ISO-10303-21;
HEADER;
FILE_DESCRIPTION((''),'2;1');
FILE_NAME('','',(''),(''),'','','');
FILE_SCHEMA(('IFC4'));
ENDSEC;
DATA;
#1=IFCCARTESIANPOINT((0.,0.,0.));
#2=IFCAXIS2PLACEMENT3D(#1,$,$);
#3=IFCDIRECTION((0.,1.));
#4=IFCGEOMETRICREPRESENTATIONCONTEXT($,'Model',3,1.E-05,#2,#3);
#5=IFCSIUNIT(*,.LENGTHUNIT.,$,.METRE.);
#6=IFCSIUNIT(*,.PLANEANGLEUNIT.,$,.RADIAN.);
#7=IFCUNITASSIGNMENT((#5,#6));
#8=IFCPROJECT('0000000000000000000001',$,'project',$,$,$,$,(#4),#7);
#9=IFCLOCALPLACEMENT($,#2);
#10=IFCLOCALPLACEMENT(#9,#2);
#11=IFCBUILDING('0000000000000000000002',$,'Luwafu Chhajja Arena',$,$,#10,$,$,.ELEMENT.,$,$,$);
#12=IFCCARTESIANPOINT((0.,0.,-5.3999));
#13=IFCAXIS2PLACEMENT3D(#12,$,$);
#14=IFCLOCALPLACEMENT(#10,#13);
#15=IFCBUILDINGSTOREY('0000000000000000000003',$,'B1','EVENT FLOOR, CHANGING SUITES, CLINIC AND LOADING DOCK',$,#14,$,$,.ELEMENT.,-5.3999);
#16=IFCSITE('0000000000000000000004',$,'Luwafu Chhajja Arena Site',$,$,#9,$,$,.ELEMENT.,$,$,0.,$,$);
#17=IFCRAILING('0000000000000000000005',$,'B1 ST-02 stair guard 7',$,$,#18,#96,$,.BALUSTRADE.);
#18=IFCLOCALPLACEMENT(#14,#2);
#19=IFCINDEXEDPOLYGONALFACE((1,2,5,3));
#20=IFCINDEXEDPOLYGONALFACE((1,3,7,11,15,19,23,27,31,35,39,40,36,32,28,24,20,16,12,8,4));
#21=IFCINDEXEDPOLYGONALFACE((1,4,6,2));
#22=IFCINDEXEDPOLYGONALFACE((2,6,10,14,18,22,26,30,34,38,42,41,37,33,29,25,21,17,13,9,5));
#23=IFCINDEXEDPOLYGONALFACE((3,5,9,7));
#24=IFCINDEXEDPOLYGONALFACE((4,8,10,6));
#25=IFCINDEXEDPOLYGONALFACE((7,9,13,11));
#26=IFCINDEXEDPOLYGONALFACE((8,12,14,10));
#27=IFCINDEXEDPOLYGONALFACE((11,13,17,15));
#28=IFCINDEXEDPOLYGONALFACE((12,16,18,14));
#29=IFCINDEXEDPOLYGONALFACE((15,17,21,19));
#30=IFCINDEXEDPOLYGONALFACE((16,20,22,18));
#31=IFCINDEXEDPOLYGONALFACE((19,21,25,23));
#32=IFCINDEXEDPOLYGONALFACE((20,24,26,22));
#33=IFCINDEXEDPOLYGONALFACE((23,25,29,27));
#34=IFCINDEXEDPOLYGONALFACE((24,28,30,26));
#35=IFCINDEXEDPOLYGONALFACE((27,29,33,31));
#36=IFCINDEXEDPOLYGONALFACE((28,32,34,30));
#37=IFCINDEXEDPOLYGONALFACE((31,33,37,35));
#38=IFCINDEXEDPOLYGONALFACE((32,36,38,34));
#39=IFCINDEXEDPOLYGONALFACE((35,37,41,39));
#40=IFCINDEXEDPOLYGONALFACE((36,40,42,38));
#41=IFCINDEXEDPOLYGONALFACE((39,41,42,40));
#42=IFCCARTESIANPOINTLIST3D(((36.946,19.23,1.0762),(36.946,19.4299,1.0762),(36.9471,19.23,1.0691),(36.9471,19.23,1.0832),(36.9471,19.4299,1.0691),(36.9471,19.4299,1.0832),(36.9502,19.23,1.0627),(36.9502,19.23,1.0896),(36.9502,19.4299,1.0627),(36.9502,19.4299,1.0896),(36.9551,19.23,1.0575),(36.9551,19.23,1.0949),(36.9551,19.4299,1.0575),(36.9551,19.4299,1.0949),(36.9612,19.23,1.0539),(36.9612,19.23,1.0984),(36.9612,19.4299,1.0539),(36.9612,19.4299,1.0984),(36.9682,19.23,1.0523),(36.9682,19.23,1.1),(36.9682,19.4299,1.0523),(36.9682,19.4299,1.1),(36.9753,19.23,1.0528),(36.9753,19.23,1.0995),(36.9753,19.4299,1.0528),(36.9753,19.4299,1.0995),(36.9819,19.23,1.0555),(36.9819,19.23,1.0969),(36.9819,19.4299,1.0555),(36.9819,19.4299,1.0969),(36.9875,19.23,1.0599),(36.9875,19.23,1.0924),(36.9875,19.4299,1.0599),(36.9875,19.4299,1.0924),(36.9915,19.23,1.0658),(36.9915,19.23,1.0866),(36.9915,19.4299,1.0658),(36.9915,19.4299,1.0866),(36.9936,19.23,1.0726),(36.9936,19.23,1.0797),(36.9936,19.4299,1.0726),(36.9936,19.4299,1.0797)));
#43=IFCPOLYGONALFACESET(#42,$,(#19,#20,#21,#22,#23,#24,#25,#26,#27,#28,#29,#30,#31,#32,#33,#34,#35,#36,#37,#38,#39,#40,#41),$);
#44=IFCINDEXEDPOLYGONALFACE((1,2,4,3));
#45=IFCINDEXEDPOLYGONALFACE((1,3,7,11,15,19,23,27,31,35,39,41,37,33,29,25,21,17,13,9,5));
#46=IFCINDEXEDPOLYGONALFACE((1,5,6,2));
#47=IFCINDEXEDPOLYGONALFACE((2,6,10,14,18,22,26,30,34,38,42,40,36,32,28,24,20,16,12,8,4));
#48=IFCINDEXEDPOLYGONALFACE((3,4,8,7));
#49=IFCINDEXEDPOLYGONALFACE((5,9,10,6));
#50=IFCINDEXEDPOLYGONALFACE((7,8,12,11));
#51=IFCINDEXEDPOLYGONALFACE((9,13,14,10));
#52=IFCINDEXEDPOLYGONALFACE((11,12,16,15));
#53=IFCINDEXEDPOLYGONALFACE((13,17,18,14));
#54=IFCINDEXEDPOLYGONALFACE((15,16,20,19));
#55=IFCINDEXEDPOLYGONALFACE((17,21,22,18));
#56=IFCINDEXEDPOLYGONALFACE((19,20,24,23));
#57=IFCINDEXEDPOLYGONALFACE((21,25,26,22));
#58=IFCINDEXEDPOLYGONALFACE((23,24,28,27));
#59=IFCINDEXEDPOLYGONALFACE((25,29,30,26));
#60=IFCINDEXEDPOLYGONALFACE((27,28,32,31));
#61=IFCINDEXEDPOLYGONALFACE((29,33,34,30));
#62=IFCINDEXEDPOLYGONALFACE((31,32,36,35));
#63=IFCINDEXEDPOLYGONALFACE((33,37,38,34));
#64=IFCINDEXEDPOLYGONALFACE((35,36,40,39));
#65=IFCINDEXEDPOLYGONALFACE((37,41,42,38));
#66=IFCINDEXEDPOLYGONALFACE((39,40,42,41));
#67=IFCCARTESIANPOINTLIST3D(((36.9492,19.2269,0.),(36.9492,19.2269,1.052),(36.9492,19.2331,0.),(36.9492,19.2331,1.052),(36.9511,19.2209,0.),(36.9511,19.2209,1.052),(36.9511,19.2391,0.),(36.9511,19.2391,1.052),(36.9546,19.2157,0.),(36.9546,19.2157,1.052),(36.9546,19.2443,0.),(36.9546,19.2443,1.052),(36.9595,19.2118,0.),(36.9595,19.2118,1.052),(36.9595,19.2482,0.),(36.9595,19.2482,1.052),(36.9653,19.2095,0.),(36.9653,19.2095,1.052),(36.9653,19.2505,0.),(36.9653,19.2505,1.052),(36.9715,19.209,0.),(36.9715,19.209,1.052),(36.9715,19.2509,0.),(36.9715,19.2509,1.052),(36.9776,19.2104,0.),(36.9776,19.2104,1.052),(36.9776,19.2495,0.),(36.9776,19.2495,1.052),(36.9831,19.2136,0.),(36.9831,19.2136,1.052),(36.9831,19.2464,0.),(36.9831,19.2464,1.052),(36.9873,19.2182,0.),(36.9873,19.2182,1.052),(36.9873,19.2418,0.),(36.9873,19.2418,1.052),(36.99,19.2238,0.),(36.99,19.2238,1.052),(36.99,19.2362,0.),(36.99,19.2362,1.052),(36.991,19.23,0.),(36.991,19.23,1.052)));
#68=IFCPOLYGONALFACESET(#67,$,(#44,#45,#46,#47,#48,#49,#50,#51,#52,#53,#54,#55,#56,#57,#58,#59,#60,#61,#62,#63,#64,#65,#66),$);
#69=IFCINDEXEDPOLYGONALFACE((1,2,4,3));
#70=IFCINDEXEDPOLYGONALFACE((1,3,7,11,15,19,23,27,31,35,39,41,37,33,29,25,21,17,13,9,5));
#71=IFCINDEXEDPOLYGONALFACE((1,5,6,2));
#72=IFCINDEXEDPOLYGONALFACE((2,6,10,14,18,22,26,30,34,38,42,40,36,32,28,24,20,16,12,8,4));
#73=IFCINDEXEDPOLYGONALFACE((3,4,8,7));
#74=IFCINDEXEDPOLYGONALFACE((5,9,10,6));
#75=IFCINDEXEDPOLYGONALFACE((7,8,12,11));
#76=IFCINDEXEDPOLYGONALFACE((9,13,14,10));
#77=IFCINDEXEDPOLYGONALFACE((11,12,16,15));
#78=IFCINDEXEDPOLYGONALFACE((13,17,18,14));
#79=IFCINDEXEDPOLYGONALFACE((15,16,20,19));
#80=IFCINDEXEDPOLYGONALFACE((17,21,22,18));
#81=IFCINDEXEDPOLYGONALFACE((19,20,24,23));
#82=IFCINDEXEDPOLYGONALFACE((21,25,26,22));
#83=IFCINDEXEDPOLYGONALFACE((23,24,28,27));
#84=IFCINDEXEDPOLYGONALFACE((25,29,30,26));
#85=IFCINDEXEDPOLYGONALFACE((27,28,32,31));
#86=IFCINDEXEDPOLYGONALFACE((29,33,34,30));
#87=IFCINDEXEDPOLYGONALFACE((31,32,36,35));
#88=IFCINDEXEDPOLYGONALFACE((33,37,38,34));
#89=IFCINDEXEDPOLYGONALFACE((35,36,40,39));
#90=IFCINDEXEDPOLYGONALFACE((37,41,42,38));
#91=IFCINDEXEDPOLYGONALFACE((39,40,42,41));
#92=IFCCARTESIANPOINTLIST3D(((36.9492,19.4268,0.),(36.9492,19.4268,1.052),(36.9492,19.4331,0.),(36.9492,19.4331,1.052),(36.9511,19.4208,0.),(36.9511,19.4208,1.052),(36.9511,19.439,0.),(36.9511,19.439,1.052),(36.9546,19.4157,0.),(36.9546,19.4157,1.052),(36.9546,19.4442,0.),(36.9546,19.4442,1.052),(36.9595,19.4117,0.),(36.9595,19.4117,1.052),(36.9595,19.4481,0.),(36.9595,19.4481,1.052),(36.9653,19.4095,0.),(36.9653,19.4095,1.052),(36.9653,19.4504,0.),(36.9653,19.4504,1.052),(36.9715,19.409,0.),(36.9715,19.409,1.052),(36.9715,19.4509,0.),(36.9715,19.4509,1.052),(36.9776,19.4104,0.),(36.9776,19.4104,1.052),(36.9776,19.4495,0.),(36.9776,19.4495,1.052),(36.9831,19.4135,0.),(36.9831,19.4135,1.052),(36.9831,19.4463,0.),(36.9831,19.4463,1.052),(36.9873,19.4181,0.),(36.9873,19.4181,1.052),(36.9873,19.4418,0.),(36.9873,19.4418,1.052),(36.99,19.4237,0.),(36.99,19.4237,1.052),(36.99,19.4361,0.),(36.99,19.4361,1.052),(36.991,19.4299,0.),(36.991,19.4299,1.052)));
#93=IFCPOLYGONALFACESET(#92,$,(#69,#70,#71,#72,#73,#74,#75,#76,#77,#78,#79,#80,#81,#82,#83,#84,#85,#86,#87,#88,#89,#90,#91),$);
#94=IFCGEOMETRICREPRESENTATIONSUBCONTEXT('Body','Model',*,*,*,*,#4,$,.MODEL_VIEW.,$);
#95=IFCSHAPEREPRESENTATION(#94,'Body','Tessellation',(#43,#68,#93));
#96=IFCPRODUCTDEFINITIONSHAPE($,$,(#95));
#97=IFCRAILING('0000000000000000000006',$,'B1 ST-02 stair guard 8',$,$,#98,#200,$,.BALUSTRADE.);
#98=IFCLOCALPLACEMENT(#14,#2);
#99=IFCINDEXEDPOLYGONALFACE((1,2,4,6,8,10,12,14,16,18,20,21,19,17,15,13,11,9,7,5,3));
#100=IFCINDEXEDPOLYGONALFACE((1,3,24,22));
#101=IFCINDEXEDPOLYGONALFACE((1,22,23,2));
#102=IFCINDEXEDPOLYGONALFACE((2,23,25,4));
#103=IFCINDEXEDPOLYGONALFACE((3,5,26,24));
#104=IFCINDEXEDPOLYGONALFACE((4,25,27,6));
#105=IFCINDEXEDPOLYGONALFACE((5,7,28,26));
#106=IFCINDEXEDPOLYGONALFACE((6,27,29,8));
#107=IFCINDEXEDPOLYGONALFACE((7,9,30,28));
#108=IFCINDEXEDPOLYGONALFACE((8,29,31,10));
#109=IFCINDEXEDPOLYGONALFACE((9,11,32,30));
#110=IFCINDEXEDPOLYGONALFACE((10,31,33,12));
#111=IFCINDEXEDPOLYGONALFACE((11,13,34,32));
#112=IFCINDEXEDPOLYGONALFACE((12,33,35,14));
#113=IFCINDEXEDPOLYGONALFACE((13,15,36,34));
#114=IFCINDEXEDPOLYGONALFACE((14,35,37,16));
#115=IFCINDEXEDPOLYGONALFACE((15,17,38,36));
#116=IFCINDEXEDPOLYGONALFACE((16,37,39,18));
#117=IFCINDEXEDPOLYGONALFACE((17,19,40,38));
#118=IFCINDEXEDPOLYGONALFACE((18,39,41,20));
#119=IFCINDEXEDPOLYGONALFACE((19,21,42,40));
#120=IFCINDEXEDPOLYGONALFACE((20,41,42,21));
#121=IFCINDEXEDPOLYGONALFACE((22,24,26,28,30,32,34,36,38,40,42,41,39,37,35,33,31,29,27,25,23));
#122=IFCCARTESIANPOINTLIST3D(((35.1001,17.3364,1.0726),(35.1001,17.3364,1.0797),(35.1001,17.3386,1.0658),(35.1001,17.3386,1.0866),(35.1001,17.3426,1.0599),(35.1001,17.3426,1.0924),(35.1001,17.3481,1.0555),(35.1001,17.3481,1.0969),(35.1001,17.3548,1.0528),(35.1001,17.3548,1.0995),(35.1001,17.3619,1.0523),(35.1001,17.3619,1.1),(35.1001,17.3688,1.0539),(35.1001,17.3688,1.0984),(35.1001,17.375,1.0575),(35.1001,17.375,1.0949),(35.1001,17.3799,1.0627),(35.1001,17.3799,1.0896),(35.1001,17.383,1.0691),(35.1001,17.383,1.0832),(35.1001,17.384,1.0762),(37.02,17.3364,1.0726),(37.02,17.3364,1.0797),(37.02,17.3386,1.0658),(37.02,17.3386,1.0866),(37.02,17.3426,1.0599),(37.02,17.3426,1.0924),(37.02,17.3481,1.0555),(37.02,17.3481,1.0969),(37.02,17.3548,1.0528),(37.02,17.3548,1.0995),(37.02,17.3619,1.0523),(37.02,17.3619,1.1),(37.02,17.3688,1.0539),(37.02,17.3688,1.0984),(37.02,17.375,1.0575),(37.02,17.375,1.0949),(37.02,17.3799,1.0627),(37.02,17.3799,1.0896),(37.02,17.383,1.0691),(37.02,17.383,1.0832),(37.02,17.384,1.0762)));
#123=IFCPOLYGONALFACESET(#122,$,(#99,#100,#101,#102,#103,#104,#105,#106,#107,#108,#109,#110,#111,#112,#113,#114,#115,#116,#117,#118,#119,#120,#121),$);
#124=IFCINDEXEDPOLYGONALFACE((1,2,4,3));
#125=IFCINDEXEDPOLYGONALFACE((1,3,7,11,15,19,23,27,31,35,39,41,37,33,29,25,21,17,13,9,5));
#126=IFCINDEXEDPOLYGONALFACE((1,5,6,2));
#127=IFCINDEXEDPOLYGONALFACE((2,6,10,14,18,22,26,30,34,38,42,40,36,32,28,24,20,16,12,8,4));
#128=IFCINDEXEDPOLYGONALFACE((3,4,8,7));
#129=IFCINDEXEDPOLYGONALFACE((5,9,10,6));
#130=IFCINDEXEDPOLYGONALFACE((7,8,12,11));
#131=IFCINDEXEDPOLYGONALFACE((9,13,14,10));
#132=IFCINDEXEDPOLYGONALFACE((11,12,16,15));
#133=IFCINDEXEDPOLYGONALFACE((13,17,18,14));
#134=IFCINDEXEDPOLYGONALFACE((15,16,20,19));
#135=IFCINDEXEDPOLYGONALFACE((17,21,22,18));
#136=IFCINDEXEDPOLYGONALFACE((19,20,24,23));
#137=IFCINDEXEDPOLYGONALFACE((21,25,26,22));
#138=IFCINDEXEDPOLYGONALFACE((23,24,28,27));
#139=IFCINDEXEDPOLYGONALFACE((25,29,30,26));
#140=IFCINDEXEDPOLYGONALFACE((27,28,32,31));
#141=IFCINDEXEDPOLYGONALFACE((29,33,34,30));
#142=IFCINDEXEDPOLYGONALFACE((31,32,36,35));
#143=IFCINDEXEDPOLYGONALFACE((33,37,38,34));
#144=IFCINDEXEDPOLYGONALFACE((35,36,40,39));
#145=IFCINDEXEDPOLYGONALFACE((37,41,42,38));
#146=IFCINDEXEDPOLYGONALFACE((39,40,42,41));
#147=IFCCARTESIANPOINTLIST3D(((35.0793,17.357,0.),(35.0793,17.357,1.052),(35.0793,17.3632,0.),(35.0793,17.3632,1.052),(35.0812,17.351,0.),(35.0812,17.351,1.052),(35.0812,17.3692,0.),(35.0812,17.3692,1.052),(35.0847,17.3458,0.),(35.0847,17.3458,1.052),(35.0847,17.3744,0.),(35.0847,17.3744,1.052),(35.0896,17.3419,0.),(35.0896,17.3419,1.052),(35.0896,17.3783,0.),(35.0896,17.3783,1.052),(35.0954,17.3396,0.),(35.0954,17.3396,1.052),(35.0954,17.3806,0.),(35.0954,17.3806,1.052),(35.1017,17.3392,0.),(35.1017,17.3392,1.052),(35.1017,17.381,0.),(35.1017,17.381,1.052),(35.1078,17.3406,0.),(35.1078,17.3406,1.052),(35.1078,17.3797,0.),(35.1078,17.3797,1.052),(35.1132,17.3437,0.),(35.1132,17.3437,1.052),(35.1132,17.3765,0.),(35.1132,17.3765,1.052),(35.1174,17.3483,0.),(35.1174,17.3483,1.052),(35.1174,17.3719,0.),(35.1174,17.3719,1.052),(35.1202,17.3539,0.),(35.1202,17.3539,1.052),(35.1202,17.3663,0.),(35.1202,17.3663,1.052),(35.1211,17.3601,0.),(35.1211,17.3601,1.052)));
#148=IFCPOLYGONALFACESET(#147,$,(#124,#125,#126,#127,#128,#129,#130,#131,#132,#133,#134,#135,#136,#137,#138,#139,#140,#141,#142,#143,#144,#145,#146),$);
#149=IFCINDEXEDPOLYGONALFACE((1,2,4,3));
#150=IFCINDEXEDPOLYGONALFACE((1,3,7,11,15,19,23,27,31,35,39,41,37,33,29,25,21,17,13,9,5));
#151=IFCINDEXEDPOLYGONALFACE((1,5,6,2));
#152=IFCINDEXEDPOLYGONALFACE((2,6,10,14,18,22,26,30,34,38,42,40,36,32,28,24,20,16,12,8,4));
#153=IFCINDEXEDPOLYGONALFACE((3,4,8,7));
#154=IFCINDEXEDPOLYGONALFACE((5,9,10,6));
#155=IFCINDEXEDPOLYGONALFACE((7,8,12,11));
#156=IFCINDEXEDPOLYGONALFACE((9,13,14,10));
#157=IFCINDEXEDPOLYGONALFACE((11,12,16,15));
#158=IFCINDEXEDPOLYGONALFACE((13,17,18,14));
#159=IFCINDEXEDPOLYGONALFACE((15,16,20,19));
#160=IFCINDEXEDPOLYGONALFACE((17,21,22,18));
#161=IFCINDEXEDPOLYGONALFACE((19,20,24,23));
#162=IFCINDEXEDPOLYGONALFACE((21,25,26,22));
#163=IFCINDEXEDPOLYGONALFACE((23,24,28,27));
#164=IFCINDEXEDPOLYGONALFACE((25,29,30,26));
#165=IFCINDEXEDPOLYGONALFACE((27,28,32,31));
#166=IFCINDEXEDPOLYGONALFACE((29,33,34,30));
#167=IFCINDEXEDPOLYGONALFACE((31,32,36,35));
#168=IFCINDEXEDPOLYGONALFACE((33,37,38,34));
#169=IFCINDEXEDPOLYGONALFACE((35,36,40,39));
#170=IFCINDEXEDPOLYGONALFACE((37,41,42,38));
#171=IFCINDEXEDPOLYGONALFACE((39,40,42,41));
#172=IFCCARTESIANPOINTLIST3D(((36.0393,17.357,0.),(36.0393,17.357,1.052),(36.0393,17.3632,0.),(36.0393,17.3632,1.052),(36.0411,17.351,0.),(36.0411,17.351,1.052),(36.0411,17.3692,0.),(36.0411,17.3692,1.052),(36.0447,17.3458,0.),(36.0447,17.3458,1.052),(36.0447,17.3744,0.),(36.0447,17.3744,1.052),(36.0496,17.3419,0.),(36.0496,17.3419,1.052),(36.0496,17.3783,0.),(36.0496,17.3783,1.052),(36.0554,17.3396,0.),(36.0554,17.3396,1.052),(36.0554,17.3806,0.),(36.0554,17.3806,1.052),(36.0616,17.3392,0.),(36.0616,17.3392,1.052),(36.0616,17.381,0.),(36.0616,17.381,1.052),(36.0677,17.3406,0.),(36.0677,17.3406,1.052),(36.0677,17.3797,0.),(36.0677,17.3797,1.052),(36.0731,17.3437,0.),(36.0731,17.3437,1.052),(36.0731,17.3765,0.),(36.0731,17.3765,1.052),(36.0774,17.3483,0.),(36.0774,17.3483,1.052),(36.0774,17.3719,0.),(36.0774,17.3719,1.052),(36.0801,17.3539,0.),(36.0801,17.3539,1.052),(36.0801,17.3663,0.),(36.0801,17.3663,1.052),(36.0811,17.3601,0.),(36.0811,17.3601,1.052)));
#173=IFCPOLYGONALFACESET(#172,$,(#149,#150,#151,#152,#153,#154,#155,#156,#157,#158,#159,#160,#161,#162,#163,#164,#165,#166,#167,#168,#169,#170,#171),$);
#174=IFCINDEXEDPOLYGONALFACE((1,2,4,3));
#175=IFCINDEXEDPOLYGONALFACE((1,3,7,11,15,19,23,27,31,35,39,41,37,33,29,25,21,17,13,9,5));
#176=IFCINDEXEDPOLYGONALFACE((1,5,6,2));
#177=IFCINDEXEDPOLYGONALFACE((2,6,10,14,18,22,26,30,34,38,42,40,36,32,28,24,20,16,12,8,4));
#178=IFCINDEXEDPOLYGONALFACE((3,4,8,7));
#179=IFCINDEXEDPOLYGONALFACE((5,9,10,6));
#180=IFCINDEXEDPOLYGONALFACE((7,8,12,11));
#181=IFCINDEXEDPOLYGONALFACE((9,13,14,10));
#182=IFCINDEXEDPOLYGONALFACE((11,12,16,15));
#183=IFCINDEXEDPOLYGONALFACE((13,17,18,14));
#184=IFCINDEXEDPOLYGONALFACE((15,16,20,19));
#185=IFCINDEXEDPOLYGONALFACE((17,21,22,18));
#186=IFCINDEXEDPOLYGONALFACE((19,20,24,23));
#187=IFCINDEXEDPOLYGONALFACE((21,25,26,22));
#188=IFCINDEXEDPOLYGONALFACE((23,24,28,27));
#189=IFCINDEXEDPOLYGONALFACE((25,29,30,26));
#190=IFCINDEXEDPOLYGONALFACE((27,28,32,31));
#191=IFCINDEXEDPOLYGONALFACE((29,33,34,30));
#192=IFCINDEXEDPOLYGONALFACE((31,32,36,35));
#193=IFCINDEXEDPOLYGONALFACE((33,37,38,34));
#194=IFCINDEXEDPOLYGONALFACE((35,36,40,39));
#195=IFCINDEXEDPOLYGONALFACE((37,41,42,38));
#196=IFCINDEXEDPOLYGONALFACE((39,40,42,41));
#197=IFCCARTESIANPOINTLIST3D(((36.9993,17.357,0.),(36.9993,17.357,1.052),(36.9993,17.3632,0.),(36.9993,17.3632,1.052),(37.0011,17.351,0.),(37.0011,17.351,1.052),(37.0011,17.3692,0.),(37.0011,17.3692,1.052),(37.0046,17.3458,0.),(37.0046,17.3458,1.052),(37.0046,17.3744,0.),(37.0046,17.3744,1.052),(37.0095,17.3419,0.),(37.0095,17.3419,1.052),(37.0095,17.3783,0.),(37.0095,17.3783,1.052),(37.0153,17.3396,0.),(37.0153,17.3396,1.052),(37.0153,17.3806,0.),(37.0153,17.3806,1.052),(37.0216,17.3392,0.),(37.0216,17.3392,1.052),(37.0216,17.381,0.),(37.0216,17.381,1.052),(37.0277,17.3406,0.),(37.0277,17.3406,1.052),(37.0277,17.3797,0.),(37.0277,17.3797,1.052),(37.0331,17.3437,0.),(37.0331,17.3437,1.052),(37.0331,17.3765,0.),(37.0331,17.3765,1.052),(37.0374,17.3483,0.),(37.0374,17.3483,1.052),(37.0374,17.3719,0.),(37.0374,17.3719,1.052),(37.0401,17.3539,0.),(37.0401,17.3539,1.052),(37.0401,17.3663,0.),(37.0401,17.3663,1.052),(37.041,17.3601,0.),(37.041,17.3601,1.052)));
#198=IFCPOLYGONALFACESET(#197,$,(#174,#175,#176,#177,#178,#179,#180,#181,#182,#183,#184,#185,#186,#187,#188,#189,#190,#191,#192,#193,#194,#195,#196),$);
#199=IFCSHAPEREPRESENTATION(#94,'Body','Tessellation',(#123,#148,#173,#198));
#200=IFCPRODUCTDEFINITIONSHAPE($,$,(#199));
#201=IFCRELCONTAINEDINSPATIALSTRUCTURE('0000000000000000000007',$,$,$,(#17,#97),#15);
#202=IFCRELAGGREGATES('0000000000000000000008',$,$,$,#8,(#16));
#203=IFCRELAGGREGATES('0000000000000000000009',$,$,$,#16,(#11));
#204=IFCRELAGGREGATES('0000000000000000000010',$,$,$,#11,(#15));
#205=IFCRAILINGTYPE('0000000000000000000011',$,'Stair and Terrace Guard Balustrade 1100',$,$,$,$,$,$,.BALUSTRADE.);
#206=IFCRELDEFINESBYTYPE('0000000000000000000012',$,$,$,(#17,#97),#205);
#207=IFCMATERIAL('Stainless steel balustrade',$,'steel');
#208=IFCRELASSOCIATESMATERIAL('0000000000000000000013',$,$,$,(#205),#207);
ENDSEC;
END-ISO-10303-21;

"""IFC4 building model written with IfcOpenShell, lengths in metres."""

from ifc_helpers import new_model, si_unit, direction, frame, origin, origin_2d, place, context, subcontext, project, spatial, circle, extrude, material, type_object, element, save


model = new_model("IFC4")

# Units and contexts
model_context = context("Model", 3, precision=1e-05, world=origin(), true_north=direction((0.0, 1.0)))
body_context = subcontext(model_context, "Body", "Model", "MODEL_VIEW")
ifc_project = project(units=[si_unit("LENGTHUNIT", "METRE"), si_unit("PLANEANGLEUNIT", "RADIAN")], contexts=[model_context])

# Site, building, storey
site_placement = place(None, origin())
site = spatial("IfcSite", under=ifc_project, at=site_placement, Name="Luwafu Chhajja Arena Site", CompositionType="ELEMENT", RefElevation=0.0)
building_placement = place(site_placement, origin())
building = spatial("IfcBuilding", under=site, at=building_placement, Name="Luwafu Chhajja Arena", CompositionType="ELEMENT")
storey_placement = place(building_placement, frame((0.0, 0.0, -5.3999)))
storey = spatial("IfcBuildingStorey", under=building, at=storey_placement, Name="B1", Description="EVENT FLOOR, CHANGING SUITES, CLINIC AND LOADING DOCK", CompositionType="ELEMENT", Elevation=-5.3999)

# Railings
ifc_material_1 = material(Name="Stainless steel balustrade", Category="steel")
railing_type_1 = type_object("IfcRailingType", Name="Stair and Terrace Guard Balustrade 1100", PredefinedType="BALUSTRADE", material=ifc_material_1)
railing_1_placement = place(storey_placement, frame((36.97, 19.23, 0.0)))
element("IfcRailing", 1, at=railing_1_placement, inside=storey, type_object=railing_type_1, Name="B1 ST-02 stair guard 7", PredefinedType="BALUSTRADE", context=body_context, shape_type="SweptSolid", body=[
    extrude(circle(Radius=0.0239, at=origin_2d()), frame((0.0, 0.0, 1.0762), z_axis=(0.0, 1.0, 0.0), x_axis=(-1.0, 0.0, 0.0)), (0.0, 0.0, 1.0), 0.2),
    extrude(circle(Radius=0.021, at=origin_2d()), origin(), (0.0, 0.0, 1.0), 1.052),
    extrude(circle(Radius=0.021, at=origin_2d()), frame((0.0, 0.2, 0.0)), (0.0, 0.0, 1.0), 1.052),
])
railing_2_placement = place(storey_placement, frame((35.1001, 17.3601, 0.0)))
element("IfcRailing", 2, at=railing_2_placement, inside=storey, type_object=railing_type_1, Name="B1 ST-02 stair guard 8", PredefinedType="BALUSTRADE", context=body_context, shape_type="SweptSolid", body=[
    extrude(circle(Radius=0.0239, at=origin_2d()), frame((0.0, 0.0, 1.0762), z_axis=(1.0, 0.0, 0.0), x_axis=(0.0, 1.0, 0.0)), (0.0, 0.0, 1.0), 1.9199),
    extrude(circle(Radius=0.021, at=origin_2d()), origin(), (0.0, 0.0, 1.0), 1.052),
    extrude(circle(Radius=0.021, at=origin_2d()), frame((0.96, 0.0, 0.0)), (0.0, 0.0, 1.0), 1.052),
    extrude(circle(Radius=0.021, at=origin_2d()), frame((1.9199, 0.0, 0.0)), (0.0, 0.0, 1.0), 1.052),
])

save(model, "model.ifc")
